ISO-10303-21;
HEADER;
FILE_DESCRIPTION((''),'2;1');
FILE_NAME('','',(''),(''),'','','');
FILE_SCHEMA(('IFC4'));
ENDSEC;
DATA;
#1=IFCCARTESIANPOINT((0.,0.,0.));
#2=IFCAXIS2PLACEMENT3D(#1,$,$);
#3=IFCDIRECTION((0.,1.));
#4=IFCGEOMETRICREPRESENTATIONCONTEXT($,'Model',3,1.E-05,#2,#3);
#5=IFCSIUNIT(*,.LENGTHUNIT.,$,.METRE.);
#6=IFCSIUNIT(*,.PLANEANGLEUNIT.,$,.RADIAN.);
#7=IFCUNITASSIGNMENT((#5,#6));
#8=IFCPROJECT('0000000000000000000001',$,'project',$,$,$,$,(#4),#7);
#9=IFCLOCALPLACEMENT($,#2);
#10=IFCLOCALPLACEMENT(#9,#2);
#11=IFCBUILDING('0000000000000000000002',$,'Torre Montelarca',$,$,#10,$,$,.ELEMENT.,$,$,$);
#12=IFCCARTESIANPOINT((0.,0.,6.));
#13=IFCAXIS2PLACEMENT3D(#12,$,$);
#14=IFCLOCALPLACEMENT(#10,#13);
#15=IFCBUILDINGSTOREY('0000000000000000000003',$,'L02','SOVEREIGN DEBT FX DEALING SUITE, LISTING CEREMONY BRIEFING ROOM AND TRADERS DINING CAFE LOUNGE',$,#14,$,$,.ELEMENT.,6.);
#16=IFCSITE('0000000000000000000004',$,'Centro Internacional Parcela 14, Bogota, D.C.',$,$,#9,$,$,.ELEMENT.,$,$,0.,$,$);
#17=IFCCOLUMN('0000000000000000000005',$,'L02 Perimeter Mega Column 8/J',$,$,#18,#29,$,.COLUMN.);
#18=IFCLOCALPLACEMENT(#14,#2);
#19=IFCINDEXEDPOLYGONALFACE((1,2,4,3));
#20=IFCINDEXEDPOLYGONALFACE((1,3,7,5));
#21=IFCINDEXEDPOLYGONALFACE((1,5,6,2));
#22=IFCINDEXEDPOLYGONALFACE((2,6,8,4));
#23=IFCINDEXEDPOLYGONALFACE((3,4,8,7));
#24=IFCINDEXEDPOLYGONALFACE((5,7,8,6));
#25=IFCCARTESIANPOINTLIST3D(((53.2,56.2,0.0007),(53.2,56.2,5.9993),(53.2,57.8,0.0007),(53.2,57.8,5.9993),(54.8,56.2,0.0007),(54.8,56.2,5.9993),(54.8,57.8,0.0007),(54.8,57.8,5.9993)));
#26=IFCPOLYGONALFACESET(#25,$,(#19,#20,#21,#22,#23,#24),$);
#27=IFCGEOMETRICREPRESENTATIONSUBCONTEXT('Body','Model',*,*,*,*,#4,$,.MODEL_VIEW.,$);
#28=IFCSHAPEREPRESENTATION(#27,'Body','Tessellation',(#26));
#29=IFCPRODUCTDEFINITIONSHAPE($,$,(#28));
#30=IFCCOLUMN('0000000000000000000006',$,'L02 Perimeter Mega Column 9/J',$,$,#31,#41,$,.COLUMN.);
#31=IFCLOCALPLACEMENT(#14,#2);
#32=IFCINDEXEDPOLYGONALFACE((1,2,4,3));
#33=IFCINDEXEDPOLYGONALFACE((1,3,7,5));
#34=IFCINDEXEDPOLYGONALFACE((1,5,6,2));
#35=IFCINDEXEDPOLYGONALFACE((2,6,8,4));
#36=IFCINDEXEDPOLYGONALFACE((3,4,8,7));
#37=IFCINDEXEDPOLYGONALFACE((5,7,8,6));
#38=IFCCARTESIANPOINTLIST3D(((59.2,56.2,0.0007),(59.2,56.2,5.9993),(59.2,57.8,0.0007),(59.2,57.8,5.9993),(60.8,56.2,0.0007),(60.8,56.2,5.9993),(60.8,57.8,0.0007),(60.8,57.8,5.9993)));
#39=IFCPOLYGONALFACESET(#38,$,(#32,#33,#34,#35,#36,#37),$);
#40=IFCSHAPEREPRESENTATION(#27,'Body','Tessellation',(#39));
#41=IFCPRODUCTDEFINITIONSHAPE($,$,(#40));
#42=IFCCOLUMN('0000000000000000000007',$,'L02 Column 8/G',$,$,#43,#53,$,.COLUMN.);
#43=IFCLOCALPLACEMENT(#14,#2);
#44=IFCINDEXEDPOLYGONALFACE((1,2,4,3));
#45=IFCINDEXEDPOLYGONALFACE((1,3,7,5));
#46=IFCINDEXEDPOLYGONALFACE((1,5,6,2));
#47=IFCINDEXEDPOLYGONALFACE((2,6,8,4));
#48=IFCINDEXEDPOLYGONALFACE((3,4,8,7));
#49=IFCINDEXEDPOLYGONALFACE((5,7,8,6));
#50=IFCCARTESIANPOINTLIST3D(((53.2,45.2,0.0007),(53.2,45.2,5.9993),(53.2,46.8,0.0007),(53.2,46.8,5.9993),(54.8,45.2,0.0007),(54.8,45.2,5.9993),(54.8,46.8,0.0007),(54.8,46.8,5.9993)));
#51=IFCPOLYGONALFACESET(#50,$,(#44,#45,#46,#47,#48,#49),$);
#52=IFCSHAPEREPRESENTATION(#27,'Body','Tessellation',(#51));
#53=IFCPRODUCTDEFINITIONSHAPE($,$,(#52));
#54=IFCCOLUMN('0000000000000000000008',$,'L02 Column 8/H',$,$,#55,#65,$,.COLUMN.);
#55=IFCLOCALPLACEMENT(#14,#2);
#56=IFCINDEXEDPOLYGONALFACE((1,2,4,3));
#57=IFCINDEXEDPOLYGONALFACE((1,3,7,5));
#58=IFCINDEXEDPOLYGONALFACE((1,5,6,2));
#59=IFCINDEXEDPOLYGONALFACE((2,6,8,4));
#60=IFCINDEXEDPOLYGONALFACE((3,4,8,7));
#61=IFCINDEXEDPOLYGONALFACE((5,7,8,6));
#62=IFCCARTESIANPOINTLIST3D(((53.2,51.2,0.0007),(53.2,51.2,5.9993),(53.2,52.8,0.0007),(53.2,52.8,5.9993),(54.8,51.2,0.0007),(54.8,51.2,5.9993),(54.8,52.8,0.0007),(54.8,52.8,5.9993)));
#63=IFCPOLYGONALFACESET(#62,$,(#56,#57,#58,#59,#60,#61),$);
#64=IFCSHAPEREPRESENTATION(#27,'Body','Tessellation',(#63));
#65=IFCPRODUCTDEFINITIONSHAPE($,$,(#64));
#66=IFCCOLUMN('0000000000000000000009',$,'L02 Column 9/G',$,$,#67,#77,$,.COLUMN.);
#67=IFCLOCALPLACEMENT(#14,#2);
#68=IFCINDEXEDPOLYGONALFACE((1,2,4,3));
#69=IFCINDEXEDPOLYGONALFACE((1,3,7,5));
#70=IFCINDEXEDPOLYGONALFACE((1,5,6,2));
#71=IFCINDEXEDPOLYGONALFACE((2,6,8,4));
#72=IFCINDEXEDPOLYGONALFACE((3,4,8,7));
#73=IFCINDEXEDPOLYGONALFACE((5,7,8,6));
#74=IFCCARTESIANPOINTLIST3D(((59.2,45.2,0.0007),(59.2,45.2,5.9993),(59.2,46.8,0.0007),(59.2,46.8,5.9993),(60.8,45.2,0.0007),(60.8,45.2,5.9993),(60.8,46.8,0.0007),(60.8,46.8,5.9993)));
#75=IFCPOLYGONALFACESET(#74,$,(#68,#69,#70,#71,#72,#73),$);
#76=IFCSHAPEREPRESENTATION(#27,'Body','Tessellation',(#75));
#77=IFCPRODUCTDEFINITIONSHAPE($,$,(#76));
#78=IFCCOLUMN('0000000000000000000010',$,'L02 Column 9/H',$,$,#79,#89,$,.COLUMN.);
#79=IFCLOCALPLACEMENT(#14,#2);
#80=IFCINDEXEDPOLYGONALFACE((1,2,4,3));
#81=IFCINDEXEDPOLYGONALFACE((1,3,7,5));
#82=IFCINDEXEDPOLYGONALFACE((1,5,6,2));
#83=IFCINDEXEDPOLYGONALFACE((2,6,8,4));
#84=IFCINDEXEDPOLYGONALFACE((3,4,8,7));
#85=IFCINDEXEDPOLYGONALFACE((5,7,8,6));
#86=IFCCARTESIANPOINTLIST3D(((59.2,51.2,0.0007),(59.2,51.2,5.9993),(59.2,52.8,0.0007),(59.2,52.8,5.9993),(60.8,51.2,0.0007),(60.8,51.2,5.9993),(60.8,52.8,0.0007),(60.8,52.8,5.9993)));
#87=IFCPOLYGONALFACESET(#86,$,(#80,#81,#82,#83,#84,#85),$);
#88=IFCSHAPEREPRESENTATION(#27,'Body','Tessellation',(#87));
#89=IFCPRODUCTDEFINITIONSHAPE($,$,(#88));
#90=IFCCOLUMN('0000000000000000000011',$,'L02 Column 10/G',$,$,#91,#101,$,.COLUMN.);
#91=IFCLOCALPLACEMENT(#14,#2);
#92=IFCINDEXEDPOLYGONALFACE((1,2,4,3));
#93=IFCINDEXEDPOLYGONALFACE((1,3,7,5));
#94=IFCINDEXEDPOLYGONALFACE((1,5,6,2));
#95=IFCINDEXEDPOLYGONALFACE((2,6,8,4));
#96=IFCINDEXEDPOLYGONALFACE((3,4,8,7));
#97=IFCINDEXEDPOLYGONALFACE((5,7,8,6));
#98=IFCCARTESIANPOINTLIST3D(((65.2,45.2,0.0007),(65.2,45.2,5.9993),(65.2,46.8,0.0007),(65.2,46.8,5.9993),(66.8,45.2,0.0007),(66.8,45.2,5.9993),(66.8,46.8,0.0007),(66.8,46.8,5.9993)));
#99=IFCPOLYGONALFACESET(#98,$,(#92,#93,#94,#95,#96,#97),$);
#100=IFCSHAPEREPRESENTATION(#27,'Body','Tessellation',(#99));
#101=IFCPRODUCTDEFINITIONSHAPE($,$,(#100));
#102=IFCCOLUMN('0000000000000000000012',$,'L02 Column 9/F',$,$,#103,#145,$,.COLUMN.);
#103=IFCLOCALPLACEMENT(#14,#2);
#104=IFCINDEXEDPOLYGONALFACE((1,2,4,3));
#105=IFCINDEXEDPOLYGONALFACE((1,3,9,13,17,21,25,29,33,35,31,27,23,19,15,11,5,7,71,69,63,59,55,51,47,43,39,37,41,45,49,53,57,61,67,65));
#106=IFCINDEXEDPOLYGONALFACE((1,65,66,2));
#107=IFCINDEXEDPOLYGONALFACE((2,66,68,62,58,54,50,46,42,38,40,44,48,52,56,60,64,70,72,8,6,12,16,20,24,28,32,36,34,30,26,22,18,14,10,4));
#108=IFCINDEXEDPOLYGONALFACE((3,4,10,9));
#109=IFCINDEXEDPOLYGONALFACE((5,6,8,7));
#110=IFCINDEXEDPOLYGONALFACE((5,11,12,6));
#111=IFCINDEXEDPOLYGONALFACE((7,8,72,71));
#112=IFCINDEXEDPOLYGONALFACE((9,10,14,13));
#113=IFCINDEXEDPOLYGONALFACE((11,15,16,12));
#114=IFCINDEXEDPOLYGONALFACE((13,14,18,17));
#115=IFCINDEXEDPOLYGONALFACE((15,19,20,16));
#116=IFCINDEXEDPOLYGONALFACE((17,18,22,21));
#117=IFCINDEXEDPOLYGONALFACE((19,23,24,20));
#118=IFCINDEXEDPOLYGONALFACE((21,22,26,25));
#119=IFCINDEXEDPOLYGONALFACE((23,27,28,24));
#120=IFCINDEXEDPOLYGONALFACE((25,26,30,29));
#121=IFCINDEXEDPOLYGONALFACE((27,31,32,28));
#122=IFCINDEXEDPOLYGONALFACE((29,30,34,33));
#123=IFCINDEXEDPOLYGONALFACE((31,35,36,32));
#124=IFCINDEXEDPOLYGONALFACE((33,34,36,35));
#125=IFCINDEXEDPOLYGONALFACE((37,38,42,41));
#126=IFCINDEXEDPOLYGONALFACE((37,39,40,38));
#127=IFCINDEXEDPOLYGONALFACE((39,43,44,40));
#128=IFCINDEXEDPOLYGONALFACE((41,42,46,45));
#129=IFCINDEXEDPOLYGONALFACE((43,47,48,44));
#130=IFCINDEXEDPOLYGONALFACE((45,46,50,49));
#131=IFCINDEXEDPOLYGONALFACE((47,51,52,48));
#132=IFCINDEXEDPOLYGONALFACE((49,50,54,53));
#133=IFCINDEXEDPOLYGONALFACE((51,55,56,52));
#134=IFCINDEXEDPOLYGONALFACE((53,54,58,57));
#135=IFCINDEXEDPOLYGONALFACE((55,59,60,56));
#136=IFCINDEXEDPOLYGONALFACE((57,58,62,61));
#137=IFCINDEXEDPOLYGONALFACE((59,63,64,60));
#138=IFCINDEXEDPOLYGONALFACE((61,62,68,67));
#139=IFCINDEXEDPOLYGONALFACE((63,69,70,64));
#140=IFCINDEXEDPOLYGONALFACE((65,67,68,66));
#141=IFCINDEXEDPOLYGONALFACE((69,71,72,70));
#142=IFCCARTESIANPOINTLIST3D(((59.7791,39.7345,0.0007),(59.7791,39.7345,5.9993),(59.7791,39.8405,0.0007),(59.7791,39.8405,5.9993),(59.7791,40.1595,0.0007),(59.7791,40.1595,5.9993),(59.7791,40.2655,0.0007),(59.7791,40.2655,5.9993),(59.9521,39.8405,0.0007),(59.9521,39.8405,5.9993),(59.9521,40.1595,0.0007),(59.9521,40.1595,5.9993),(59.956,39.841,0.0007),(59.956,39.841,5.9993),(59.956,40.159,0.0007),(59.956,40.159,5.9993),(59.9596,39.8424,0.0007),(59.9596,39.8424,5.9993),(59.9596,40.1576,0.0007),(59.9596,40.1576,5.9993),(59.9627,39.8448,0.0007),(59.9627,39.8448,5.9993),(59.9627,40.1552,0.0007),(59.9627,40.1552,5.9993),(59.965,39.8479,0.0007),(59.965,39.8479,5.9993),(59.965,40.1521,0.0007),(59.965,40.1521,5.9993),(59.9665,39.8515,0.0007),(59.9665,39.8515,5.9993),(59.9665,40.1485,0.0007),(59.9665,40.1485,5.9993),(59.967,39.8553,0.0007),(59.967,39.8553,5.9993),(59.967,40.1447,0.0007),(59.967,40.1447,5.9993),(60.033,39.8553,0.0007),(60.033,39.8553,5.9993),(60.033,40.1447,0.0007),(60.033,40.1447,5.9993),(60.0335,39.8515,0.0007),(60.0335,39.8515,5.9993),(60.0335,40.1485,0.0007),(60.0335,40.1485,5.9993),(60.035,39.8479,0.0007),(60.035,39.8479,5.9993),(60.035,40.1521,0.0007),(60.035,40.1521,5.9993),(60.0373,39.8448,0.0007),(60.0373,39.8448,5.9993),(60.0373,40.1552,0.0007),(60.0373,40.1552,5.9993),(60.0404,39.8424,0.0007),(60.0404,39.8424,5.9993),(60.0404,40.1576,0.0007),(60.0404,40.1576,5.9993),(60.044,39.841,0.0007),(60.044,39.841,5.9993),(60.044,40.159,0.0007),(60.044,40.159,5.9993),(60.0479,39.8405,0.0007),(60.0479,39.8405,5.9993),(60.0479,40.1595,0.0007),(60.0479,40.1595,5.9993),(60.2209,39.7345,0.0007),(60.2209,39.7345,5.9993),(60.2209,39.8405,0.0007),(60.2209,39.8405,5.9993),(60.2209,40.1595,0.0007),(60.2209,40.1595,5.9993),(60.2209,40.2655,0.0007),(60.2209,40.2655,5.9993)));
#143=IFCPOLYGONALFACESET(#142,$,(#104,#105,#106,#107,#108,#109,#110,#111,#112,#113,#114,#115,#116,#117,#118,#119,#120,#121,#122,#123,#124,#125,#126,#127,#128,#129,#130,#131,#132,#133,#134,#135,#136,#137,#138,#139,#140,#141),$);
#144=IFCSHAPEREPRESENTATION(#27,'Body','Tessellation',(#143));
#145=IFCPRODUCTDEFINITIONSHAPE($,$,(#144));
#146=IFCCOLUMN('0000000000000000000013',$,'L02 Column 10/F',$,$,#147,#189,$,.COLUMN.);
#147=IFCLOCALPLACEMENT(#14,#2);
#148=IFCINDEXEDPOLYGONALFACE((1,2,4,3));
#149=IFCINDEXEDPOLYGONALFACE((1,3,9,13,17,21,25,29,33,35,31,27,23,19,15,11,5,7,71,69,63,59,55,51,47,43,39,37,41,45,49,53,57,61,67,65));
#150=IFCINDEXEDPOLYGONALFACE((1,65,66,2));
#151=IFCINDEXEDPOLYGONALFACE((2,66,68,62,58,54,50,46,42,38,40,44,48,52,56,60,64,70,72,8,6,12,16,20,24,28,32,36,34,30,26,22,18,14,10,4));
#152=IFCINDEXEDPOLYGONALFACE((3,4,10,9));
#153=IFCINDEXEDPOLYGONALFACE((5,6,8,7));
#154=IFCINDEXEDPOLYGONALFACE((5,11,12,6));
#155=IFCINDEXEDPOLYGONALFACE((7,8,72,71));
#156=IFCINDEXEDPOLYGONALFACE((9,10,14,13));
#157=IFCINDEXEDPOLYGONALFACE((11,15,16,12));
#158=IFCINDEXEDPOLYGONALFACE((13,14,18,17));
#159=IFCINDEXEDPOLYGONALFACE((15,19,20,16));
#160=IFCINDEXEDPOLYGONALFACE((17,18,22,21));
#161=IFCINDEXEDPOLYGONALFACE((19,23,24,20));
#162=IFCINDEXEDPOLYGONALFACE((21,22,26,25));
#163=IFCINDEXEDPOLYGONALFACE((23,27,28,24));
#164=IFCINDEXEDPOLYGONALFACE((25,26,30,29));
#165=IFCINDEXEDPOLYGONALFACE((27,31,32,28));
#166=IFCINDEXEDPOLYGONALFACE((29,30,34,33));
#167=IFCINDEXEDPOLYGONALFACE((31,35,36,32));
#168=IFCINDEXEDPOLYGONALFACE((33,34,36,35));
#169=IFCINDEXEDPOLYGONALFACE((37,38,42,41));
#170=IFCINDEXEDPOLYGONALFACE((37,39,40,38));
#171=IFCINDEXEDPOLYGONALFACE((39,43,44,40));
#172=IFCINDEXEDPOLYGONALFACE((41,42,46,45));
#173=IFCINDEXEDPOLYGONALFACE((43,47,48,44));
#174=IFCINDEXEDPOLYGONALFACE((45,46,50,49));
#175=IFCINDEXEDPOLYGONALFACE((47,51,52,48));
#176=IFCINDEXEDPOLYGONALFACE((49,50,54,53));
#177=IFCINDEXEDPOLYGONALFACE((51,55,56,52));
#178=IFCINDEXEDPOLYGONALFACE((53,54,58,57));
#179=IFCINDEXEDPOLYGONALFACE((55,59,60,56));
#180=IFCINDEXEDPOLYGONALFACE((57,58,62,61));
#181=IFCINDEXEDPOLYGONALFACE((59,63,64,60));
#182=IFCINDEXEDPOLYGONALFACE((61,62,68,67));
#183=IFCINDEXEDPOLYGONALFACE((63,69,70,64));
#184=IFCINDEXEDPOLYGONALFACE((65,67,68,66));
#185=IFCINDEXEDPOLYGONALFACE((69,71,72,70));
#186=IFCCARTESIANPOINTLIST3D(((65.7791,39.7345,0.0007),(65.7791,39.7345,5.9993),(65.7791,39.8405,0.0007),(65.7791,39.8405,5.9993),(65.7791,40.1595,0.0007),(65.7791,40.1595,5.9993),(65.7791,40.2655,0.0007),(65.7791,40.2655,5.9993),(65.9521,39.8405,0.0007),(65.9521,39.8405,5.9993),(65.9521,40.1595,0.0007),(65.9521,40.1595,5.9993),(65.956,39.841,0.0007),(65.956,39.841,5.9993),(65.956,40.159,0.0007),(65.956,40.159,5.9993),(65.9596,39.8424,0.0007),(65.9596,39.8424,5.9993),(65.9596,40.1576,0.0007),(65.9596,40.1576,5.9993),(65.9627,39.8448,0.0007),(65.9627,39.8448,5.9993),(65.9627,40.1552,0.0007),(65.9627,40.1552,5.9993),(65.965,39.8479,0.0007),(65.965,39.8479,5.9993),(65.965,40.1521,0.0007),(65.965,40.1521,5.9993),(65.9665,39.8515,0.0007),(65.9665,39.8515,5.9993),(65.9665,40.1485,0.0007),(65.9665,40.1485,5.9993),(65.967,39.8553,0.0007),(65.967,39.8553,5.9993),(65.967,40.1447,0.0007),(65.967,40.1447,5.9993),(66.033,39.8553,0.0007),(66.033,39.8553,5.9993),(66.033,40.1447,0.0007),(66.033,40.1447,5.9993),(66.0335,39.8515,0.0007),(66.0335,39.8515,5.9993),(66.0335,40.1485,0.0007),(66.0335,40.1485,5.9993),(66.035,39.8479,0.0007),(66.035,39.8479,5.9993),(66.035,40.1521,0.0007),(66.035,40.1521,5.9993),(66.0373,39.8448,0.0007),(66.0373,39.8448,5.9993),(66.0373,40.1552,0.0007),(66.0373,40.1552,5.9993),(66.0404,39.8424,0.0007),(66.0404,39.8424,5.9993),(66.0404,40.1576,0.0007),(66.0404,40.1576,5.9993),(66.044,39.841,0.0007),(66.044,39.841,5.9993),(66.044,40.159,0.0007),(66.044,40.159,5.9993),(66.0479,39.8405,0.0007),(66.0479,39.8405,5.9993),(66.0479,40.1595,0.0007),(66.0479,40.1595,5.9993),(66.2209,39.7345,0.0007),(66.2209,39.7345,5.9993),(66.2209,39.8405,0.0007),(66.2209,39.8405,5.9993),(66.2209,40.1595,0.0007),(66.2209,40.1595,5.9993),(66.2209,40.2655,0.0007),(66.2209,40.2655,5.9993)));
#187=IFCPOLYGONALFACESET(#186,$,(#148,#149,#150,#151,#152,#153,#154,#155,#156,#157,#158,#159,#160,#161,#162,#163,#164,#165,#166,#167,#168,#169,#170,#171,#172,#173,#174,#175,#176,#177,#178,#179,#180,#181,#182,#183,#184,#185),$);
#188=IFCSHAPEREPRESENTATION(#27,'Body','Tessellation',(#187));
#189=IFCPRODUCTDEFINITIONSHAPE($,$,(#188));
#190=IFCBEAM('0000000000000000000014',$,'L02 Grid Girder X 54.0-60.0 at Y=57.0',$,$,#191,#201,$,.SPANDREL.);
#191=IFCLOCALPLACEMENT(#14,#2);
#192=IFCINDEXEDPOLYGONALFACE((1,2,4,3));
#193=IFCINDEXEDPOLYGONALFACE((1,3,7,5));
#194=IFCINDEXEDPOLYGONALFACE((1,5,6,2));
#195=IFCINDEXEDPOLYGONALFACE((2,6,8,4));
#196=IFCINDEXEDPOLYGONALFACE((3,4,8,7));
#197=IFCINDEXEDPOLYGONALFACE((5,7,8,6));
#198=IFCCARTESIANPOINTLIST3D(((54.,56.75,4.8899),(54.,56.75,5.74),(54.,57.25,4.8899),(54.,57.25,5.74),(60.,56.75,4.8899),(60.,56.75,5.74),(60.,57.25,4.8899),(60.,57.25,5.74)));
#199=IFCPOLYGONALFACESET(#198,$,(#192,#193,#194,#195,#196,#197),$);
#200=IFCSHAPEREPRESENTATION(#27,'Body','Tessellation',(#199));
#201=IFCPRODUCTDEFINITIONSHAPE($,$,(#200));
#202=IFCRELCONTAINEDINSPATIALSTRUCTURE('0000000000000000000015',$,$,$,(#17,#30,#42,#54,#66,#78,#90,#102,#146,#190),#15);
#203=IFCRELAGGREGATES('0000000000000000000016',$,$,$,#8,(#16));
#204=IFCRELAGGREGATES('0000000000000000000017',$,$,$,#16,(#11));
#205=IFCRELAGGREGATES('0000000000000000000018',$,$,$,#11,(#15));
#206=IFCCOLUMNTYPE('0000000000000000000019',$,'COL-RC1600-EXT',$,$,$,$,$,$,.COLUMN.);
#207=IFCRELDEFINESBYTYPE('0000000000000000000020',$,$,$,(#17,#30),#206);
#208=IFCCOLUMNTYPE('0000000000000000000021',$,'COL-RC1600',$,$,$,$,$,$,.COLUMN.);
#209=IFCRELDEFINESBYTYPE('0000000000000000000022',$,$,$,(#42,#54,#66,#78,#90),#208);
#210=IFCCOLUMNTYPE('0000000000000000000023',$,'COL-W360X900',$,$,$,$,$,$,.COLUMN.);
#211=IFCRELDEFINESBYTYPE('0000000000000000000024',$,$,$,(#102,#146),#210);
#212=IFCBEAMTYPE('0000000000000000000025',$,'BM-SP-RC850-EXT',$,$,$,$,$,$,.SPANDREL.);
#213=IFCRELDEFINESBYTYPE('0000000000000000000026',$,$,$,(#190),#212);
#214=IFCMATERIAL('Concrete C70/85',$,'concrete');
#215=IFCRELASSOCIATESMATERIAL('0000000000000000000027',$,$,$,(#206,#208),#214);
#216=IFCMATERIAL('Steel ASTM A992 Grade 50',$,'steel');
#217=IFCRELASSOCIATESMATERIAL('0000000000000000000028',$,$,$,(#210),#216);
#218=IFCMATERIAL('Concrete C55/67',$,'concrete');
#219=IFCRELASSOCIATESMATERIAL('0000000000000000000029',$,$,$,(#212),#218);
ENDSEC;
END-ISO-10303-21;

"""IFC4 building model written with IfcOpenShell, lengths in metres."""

from ifc_helpers import new_model, si_unit, direction, frame, origin, origin_2d, place, context, subcontext, project, spatial, rectangle, i_section, extrude, source, transform, mapped, material, material_profile, profile_set, type_object, element, save


model = new_model("IFC4")

# Units and contexts
model_context = context("Model", 3, precision=1e-05, world=origin(), true_north=direction((0.0, 1.0)))
body_context = subcontext(model_context, "Body", "Model", "MODEL_VIEW")
ifc_project = project(units=[si_unit("LENGTHUNIT", "METRE"), si_unit("PLANEANGLEUNIT", "RADIAN")], contexts=[model_context])

# Site, building, storey
site_placement = place(None, origin())
site = spatial("IfcSite", under=ifc_project, at=site_placement, Name="Centro Internacional Parcela 14, Bogota, D.C.", CompositionType="ELEMENT", RefElevation=0.0)
building_placement = place(site_placement, origin())
building = spatial("IfcBuilding", under=site, at=building_placement, Name="Torre Montelarca", CompositionType="ELEMENT")
storey_placement = place(building_placement, frame((0.0, 0.0, 6.0)))
storey = spatial("IfcBuildingStorey", under=building, at=storey_placement, Name="L02", Description="SOVEREIGN DEBT FX DEALING SUITE, LISTING CEREMONY BRIEFING ROOM AND TRADERS DINING CAFE LOUNGE", CompositionType="ELEMENT", Elevation=6.0)

# Columns
ifc_material_1 = material(Name="Concrete C70/85", Category="concrete")
ifc_material_profile_1 = material_profile(ifc_material_1, rectangle(XDim=1.6001, YDim=1.6001, at=origin_2d()), Name="RC1600X1600", Category="concrete")
ifc_profile_set_1 = profile_set([ifc_material_profile_1], Name="Concrete C70/85")
column_type_1 = type_object("IfcColumnType", Name="COL-RC1600-EXT", PredefinedType="COLUMN", material=ifc_profile_set_1)
shared_shape_1 = source(origin(), body_context, "Body", "SweptSolid", [
    extrude(rectangle(XDim=1.6001, YDim=1.6001, at=origin_2d()), origin(), (0.0, 0.0, 1.0), 5.9985),
])
for number, where, z_axis, x_axis, name in (
    (1, (54.0, 57.0, 0.0007), (0.0, 0.0, 1.0), (1.0, 0.0, 0.0), "L02 Perimeter Mega Column 8/J"),
    (2, (60.0, 57.0, 0.0007), (0.0, 0.0, 1.0), (1.0, 0.0, 0.0), "L02 Perimeter Mega Column 9/J"),
):
    element("IfcColumn", number, at=place(storey_placement, frame(where, z_axis=z_axis, x_axis=x_axis)), inside=storey, type_object=column_type_1, Name=name, PredefinedType="COLUMN", context=body_context, shape_type="MappedRepresentation", body=[
        mapped(shared_shape_1, transform((0.0, 0.0, 0.0), scale=1.0)),
    ])
ifc_material_profile_2 = material_profile(ifc_material_1, rectangle(XDim=1.6001, YDim=1.6001, at=origin_2d()), Name="RC1600X1600", Category="concrete")
ifc_profile_set_2 = profile_set([ifc_material_profile_2], Name="Concrete C70/85")
column_type_2 = type_object("IfcColumnType", Name="COL-RC1600", PredefinedType="COLUMN", material=ifc_profile_set_2)
shared_shape_2 = source(origin(), body_context, "Body", "SweptSolid", [
    extrude(rectangle(XDim=1.6001, YDim=1.6001, at=origin_2d()), origin(), (0.0, 0.0, 1.0), 5.9985),
])
for number, where, z_axis, x_axis, name in (
    (3, (54.0, 46.0, 0.0007), (0.0, 0.0, 1.0), (1.0, 0.0, 0.0), "L02 Column 8/G"),
    (4, (54.0, 52.0, 0.0007), (0.0, 0.0, 1.0), (1.0, 0.0, 0.0), "L02 Column 8/H"),
    (5, (60.0, 46.0, 0.0007), (0.0, 0.0, 1.0), (1.0, 0.0, 0.0), "L02 Column 9/G"),
    (6, (60.0, 52.0, 0.0007), (0.0, 0.0, 1.0), (1.0, 0.0, 0.0), "L02 Column 9/H"),
    (7, (66.0, 46.0, 0.0007), (0.0, 0.0, 1.0), (1.0, 0.0, 0.0), "L02 Column 10/G"),
):
    element("IfcColumn", number, at=place(storey_placement, frame(where, z_axis=z_axis, x_axis=x_axis)), inside=storey, type_object=column_type_2, Name=name, PredefinedType="COLUMN", context=body_context, shape_type="MappedRepresentation", body=[
        mapped(shared_shape_2, transform((0.0, 0.0, 0.0), scale=1.0)),
    ])
ifc_material_2 = material(Name="Steel ASTM A992 Grade 50", Category="steel")
ifc_material_profile_3 = material_profile(ifc_material_2, i_section(OverallWidth=0.4419, OverallDepth=0.531, WebThickness=0.0659, FlangeThickness=0.106, FilletRadius=0.0149, at=origin_2d()), Name="W360X900", Category="steel")
ifc_profile_set_3 = profile_set([ifc_material_profile_3], Name="Steel ASTM A992 Grade 50")
column_type_3 = type_object("IfcColumnType", Name="COL-W360X900", PredefinedType="COLUMN", material=ifc_profile_set_3)
shared_shape_3 = source(origin(), body_context, "Body", "SweptSolid", [
    extrude(i_section(OverallWidth=0.4419, OverallDepth=0.531, WebThickness=0.0659, FlangeThickness=0.106, FilletRadius=0.0149, at=origin_2d()), origin(), (0.0, 0.0, 1.0), 5.9985),
])
for number, where, z_axis, x_axis, name in (
    (8, (60.0, 40.0, 0.0007), (0.0, 0.0, 1.0), (1.0, 0.0, 0.0), "L02 Column 9/F"),
    (9, (66.0, 40.0, 0.0007), (0.0, 0.0, 1.0), (1.0, 0.0, 0.0), "L02 Column 10/F"),
):
    element("IfcColumn", number, at=place(storey_placement, frame(where, z_axis=z_axis, x_axis=x_axis)), inside=storey, type_object=column_type_3, Name=name, PredefinedType="COLUMN", context=body_context, shape_type="MappedRepresentation", body=[
        mapped(shared_shape_3, transform((0.0, 0.0, 0.0), scale=1.0)),
    ])

# Beam
ifc_material_3 = material(Name="Concrete C55/67", Category="concrete")
ifc_material_profile_4 = material_profile(ifc_material_3, rectangle(XDim=0.5, YDim=0.8501, at=origin_2d()), Name="RCB500X850", Category="concrete")
ifc_profile_set_4 = profile_set([ifc_material_profile_4], Name="Concrete C55/67")
beam_type_1 = type_object("IfcBeamType", Name="BM-SP-RC850-EXT", PredefinedType="SPANDREL", material=ifc_profile_set_4)
shared_shape_4 = source(origin(), body_context, "Body", "SweptSolid", [
    extrude(rectangle(XDim=0.5, YDim=0.8501, at=origin_2d()), origin(), (0.0, 0.0, 1.0), 6.0),
])
for number, where, z_axis, x_axis, name in (
    (10, (54.0, 57.0, 5.3149), (1.0, 0.0, 0.0), (0.0, 1.0, 0.0), "L02 Grid Girder X 54.0-60.0 at Y=57.0"),
):
    element("IfcBeam", number, at=place(storey_placement, frame(where, z_axis=z_axis, x_axis=x_axis)), inside=storey, type_object=beam_type_1, Name=name, PredefinedType="SPANDREL", context=body_context, shape_type="MappedRepresentation", body=[
        mapped(shared_shape_4, transform((0.0, 0.0, 0.0), scale=1.0)),
    ])

save(model, "model.ifc")
